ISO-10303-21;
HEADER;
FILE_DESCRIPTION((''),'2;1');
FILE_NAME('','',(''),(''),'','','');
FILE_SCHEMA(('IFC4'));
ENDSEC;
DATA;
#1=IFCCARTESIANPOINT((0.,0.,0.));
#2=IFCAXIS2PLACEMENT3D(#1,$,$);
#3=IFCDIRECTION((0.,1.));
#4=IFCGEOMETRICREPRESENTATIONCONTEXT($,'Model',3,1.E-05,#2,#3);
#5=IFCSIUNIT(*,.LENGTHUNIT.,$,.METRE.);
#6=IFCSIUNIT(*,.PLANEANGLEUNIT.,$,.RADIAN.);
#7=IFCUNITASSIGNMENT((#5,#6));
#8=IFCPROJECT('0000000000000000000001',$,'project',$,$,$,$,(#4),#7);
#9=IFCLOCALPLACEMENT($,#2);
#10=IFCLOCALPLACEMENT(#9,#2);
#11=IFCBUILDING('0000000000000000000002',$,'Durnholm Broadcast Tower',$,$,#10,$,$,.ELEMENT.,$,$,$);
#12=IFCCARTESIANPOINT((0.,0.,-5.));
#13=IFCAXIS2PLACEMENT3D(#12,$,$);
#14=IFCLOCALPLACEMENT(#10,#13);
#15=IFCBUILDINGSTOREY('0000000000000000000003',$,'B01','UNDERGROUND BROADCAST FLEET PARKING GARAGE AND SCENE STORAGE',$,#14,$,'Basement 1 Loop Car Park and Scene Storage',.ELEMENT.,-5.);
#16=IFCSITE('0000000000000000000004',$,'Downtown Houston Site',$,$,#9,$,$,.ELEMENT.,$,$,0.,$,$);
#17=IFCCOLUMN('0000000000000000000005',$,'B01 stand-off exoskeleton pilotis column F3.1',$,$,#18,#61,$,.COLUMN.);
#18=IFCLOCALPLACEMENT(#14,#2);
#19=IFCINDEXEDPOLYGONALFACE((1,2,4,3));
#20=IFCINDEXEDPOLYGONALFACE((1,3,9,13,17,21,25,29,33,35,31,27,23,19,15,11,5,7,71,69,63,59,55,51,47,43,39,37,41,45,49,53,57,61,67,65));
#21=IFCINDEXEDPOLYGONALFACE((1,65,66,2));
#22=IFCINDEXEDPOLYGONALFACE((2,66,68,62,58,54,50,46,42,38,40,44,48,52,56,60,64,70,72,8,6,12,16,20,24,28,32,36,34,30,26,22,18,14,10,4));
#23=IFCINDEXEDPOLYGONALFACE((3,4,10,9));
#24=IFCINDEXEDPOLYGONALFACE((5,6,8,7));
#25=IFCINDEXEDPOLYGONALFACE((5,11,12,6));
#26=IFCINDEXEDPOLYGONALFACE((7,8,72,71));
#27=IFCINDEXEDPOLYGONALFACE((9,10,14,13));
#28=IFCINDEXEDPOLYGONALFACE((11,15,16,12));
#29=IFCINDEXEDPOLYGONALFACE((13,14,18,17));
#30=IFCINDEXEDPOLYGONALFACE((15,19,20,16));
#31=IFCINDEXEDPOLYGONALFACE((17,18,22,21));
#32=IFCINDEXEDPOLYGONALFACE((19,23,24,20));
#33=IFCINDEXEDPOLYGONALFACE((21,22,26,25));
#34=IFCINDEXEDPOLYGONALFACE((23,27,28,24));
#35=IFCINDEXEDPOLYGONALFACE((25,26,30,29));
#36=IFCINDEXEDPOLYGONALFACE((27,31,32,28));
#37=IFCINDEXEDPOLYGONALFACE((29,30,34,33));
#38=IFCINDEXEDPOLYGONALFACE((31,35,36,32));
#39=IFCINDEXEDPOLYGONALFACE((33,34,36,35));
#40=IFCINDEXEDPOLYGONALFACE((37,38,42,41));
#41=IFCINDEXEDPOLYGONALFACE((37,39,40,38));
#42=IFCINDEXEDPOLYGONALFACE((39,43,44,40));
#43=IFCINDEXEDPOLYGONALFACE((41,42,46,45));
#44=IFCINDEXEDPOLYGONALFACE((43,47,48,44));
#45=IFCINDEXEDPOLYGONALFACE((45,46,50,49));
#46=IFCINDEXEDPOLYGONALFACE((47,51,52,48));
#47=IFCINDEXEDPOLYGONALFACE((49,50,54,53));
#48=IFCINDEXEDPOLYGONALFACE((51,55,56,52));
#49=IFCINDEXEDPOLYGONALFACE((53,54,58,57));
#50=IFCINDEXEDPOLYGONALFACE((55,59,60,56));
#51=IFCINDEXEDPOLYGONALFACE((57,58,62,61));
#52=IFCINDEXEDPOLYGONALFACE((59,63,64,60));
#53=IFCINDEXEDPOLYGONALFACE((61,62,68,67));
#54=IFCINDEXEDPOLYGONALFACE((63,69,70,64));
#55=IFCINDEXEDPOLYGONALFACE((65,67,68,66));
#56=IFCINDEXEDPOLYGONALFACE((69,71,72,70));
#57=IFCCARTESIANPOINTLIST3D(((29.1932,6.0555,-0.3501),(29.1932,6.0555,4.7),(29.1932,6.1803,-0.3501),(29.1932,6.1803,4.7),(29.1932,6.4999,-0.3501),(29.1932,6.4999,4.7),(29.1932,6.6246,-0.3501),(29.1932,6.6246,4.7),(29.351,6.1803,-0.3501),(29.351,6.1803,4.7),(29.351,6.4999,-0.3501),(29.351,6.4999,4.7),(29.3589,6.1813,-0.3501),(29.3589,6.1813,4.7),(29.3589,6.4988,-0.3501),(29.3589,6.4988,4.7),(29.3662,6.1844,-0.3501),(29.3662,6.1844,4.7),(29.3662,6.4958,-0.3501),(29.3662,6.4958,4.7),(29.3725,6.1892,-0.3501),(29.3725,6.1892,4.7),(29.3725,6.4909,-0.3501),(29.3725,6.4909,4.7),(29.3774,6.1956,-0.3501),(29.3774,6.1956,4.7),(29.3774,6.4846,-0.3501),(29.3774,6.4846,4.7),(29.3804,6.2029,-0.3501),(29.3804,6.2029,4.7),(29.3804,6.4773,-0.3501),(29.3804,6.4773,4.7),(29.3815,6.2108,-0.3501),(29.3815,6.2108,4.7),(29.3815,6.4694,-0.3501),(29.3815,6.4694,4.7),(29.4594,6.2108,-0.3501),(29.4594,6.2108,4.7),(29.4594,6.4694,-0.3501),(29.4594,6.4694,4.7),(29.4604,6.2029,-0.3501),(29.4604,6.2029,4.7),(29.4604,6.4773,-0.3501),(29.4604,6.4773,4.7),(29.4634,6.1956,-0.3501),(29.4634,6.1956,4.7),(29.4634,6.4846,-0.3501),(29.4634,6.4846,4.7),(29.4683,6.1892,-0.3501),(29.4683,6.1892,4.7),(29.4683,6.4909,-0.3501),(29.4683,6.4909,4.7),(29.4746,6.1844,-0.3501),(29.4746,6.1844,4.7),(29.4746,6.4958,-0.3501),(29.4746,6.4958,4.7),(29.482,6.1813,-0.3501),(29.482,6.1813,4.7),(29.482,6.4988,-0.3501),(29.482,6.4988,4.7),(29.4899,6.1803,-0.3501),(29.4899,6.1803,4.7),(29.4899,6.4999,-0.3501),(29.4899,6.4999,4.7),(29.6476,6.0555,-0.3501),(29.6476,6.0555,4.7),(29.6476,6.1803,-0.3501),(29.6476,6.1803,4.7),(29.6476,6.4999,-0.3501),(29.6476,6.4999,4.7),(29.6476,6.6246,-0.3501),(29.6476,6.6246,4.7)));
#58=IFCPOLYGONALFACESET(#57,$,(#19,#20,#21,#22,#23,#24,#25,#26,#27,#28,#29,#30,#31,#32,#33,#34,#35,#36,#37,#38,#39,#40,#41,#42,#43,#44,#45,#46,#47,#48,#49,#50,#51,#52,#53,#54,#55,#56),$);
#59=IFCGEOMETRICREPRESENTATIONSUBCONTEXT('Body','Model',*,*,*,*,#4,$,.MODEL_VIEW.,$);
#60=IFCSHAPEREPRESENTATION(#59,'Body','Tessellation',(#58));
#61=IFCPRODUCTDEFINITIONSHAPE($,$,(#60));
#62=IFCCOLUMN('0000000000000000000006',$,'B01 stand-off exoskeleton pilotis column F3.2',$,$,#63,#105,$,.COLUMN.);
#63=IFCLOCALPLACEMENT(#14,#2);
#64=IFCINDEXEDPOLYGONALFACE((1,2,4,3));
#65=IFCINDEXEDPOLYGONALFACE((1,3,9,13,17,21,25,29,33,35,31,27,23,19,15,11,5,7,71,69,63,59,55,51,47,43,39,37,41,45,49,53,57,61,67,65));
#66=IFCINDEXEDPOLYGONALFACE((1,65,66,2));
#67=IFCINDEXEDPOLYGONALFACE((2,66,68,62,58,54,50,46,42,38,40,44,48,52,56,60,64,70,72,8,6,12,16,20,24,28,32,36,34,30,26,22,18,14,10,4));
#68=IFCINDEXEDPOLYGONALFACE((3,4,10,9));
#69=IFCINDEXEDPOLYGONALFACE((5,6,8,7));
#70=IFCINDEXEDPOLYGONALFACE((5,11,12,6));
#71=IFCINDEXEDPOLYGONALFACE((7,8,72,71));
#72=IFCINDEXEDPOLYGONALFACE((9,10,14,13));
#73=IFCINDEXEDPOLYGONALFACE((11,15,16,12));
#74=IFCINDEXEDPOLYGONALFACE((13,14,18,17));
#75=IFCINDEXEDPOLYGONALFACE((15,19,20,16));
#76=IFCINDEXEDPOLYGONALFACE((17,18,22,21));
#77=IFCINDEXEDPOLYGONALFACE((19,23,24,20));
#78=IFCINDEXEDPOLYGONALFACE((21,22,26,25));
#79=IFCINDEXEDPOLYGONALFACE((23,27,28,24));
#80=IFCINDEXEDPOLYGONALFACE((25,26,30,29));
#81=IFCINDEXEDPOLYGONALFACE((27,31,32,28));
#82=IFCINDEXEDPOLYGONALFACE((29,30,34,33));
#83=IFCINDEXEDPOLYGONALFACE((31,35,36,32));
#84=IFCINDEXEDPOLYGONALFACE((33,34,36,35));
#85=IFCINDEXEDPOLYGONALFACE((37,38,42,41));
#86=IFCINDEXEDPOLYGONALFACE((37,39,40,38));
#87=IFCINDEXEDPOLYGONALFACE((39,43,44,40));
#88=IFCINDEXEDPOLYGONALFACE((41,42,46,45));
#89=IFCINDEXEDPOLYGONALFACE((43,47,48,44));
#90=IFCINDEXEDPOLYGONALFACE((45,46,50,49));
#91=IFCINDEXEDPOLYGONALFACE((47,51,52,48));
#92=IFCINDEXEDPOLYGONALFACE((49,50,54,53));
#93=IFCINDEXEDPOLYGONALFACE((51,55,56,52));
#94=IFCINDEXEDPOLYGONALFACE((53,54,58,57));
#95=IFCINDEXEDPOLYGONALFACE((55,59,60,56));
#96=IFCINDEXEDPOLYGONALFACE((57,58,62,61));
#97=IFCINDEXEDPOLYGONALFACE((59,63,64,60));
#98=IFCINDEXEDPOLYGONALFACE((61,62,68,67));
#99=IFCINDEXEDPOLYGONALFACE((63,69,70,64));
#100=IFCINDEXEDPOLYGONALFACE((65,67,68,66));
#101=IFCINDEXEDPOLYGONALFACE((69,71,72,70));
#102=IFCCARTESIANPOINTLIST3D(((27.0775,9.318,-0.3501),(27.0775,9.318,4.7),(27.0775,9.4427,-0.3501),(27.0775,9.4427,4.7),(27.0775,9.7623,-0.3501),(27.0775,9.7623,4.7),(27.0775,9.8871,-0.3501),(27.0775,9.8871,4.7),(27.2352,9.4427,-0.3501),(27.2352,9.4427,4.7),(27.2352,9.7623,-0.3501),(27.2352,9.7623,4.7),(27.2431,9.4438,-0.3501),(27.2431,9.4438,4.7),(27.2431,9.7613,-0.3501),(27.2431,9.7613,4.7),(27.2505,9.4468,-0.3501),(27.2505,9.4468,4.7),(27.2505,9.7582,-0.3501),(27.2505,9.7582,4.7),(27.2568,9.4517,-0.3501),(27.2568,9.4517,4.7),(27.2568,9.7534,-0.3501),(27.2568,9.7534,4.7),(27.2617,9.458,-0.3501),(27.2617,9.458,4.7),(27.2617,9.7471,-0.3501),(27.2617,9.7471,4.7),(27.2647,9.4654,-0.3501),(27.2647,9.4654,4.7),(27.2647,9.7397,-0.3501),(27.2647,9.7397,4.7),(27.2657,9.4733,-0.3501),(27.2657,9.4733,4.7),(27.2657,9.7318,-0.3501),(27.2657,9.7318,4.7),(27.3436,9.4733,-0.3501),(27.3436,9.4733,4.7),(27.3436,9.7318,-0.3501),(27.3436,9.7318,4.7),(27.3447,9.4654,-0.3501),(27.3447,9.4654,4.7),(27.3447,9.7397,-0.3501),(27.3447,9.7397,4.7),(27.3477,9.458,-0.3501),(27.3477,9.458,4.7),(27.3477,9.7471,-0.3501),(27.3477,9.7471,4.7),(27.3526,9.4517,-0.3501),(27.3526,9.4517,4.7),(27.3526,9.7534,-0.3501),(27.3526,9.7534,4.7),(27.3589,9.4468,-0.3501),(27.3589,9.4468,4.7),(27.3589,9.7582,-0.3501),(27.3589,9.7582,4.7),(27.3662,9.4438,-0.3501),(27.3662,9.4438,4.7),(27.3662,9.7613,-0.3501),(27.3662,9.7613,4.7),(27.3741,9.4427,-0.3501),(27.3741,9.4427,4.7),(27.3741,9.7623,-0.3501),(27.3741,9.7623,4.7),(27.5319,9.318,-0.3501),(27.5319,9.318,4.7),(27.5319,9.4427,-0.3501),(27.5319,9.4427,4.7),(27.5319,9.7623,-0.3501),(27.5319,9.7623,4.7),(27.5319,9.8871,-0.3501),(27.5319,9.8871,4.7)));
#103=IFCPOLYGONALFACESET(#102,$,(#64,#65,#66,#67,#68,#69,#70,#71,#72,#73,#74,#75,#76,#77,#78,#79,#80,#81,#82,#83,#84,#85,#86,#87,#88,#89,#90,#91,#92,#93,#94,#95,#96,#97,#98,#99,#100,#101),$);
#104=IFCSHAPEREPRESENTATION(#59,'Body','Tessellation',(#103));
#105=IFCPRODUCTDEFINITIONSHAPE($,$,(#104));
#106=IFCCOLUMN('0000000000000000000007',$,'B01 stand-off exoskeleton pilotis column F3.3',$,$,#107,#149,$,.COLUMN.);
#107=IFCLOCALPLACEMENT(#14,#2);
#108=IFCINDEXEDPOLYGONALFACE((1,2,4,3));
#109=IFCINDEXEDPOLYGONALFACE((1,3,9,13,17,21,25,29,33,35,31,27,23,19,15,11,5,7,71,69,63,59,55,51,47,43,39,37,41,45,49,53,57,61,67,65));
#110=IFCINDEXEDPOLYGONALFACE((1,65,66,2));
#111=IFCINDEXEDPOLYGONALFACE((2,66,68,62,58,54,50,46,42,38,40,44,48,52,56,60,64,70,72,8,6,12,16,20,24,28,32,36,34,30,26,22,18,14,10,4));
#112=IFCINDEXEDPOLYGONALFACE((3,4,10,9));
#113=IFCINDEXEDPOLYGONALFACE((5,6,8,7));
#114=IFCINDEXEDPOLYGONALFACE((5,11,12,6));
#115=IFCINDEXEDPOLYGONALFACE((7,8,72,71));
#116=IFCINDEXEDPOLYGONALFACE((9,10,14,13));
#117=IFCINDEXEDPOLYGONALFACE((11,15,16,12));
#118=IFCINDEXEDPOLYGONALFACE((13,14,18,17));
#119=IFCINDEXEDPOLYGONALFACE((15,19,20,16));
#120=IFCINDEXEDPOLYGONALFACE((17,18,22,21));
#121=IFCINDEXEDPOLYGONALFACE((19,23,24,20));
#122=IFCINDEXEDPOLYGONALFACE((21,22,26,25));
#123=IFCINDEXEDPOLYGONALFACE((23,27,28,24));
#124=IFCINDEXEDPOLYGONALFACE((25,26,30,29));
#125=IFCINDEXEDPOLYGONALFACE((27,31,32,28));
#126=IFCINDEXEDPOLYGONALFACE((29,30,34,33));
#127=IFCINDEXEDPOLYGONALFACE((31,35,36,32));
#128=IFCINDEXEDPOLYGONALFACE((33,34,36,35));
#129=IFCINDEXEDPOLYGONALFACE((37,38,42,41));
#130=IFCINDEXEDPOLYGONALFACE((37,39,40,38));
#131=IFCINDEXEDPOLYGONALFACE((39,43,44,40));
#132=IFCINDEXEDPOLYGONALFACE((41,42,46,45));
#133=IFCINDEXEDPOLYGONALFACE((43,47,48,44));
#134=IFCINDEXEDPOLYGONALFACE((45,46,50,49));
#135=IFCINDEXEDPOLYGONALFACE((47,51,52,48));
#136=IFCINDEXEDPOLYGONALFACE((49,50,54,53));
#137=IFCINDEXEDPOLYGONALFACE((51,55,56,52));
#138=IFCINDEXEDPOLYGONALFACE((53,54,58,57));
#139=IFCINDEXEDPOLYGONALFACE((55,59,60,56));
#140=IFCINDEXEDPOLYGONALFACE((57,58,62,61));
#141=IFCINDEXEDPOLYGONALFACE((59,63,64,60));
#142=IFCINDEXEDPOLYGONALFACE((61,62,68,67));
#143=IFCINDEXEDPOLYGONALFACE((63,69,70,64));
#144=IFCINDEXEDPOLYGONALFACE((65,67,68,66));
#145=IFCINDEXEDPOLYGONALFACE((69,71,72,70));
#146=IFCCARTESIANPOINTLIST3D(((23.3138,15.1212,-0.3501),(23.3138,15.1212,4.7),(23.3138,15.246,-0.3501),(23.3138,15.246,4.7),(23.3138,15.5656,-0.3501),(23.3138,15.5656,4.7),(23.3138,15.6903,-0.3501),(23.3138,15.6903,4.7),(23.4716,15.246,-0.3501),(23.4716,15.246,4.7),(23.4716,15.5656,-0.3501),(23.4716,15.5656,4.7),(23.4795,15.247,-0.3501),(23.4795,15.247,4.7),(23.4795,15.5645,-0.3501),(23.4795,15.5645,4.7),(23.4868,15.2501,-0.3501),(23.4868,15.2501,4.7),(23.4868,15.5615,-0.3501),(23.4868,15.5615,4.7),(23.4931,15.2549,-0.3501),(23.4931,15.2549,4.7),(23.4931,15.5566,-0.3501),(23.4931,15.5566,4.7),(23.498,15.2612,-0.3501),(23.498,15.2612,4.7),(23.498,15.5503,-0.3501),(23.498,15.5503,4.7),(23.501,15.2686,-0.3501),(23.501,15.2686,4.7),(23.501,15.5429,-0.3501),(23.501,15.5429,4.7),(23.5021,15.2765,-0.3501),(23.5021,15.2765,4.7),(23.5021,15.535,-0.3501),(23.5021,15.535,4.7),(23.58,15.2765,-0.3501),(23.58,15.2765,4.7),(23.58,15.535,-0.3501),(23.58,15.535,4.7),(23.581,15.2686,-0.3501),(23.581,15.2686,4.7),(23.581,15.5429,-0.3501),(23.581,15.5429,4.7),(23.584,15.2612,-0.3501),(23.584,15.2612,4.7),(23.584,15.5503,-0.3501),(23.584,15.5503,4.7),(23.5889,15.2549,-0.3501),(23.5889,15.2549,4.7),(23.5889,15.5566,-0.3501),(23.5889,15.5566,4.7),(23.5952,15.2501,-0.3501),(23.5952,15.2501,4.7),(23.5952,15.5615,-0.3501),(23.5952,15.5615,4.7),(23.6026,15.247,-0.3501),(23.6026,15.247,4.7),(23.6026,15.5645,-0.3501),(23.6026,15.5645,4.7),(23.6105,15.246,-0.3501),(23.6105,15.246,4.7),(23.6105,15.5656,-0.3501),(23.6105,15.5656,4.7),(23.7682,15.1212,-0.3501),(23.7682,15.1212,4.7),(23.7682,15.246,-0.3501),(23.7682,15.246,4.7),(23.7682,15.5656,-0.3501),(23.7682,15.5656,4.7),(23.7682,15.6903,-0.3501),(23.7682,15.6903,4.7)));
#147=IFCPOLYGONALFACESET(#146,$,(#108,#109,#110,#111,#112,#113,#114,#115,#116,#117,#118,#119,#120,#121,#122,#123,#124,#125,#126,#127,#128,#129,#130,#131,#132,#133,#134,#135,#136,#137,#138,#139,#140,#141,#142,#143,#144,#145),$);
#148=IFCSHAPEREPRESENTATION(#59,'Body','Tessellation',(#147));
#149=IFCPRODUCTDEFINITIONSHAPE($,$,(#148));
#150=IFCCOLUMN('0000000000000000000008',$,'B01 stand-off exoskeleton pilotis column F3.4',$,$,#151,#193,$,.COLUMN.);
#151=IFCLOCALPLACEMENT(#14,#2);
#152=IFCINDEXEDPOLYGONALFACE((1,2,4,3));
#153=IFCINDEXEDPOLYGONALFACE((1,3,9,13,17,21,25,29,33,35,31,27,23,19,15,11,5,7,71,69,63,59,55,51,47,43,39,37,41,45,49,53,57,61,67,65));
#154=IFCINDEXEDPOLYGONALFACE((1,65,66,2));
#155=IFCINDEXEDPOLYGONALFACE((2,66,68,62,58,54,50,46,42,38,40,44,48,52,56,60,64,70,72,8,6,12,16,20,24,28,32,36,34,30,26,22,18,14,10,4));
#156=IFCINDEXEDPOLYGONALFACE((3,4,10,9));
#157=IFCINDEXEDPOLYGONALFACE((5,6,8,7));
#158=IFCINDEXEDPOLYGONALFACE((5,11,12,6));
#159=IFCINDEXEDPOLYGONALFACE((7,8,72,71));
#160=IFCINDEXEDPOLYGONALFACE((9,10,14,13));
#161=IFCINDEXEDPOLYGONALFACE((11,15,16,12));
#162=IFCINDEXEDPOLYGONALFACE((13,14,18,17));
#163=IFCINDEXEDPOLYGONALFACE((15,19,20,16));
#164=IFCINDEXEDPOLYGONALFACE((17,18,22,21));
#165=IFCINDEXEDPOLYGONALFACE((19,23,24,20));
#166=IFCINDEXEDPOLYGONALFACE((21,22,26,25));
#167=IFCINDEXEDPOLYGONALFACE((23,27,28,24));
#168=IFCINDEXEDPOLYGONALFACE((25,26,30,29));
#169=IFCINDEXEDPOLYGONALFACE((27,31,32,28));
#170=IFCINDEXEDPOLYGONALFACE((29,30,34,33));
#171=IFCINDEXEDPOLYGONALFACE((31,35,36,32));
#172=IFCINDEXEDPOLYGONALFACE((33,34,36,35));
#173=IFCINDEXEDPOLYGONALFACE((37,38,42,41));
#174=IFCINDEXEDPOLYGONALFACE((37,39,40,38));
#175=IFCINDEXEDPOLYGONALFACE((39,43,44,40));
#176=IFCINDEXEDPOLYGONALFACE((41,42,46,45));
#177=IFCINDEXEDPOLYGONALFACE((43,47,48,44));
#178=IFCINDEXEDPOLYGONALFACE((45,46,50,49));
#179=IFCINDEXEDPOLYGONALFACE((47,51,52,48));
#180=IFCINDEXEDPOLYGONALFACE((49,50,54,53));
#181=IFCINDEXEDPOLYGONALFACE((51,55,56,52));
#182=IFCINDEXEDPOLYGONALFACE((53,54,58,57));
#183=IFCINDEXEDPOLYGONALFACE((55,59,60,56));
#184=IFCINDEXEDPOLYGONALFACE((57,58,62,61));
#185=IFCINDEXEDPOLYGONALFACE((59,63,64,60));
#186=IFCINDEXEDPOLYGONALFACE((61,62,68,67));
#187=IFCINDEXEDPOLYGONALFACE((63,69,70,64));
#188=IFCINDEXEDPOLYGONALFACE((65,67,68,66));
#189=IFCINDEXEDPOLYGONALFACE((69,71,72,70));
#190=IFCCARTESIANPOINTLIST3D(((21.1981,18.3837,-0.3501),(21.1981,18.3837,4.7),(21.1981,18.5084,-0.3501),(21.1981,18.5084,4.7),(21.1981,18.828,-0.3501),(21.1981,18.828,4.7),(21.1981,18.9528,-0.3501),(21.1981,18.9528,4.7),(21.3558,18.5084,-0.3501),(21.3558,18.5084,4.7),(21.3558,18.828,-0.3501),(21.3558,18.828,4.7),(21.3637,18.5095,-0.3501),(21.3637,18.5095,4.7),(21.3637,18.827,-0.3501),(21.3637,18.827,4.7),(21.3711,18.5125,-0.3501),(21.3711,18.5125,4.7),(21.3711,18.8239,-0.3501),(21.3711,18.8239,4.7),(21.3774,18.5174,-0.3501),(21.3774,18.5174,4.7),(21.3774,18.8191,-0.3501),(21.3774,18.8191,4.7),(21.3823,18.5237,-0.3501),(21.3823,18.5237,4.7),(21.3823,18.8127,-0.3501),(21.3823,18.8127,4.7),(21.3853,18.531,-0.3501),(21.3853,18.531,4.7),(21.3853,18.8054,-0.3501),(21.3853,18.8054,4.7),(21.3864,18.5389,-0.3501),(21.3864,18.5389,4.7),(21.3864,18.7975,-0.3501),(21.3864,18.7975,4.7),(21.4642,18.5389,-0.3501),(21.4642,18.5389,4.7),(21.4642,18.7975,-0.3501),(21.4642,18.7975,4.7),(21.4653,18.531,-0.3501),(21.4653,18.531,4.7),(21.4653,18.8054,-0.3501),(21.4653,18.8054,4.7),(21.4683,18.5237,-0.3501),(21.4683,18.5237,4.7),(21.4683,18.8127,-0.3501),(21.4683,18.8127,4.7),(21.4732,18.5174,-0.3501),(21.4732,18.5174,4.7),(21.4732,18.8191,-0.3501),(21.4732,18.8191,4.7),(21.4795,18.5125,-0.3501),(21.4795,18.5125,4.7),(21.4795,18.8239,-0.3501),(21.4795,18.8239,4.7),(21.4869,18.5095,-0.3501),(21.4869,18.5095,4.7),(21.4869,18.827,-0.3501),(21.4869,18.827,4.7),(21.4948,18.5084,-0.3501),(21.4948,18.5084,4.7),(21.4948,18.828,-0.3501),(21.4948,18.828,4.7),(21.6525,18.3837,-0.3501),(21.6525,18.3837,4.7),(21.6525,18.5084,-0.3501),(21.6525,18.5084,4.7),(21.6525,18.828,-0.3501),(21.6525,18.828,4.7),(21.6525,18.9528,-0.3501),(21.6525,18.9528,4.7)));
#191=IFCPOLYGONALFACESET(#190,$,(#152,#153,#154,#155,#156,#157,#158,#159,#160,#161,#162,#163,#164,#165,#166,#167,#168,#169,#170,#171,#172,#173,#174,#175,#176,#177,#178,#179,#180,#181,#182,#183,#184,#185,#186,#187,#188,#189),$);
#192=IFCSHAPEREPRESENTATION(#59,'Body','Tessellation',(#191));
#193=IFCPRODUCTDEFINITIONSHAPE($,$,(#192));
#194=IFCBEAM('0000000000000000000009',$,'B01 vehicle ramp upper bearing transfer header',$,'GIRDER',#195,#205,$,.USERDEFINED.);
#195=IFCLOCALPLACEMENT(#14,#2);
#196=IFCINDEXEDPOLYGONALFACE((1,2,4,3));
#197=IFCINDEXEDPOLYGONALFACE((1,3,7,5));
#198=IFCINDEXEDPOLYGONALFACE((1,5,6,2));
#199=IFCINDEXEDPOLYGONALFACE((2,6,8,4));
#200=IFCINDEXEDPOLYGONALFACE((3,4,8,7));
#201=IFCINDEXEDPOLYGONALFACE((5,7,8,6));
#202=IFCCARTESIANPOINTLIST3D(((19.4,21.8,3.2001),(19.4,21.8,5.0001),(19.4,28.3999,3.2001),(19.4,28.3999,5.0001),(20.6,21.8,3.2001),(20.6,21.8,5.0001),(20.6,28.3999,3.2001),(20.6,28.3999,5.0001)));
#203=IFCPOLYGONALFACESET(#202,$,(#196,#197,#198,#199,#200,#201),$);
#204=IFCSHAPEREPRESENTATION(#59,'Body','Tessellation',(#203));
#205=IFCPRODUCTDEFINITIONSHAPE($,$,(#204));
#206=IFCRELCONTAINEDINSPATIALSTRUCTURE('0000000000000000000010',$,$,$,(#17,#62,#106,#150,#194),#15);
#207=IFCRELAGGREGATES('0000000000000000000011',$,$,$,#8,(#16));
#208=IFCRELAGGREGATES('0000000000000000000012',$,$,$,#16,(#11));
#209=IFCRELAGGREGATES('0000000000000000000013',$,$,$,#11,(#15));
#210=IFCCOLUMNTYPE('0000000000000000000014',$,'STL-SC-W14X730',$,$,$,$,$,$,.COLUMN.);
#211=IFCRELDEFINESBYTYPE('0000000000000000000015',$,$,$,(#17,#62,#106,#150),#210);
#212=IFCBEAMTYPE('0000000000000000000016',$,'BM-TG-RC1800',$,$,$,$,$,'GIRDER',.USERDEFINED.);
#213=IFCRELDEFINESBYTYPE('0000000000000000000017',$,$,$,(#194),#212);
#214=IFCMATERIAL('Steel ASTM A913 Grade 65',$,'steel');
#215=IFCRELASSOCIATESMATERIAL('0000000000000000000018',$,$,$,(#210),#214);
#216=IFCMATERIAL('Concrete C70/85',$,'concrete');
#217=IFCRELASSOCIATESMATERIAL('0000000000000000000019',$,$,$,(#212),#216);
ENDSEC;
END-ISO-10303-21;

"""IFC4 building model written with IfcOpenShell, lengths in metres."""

from ifc_helpers import new_model, si_unit, direction, frame, origin, origin_2d, place, context, subcontext, project, spatial, rectangle, i_section, extrude, source, transform, mapped, material, material_profile, profile_set, type_object, type_shapes, element, save


model = new_model("IFC4")

# Units and contexts
model_context = context("Model", 3, precision=1e-05, world=origin(), true_north=direction((0.0, 1.0)))
body_context = subcontext(model_context, "Body", "Model", "MODEL_VIEW")
ifc_project = project(units=[si_unit("LENGTHUNIT", "METRE"), si_unit("PLANEANGLEUNIT", "RADIAN")], contexts=[model_context])

# Site, building, storey
site_placement = place(None, origin())
site = spatial("IfcSite", under=ifc_project, at=site_placement, Name="Downtown Houston Site", CompositionType="ELEMENT", RefElevation=0.0)
building_placement = place(site_placement, origin())
building = spatial("IfcBuilding", under=site, at=building_placement, Name="Durnholm Broadcast Tower", CompositionType="ELEMENT")
storey_placement = place(building_placement, frame((0.0, 0.0, -5.0)))
storey = spatial("IfcBuildingStorey", under=building, at=storey_placement, Name="B01", Description="UNDERGROUND BROADCAST FLEET PARKING GARAGE AND SCENE STORAGE", LongName="Basement 1 Loop Car Park and Scene Storage", CompositionType="ELEMENT", Elevation=-5.0)

# Columns
ifc_material_1 = material(Name="Concrete C70/85", Category="concrete")
ifc_material_2 = material(Name="Steel ASTM A913 Grade 65", Category="steel")
ifc_material_profile_1 = material_profile(ifc_material_2, i_section(OverallWidth=0.4543, OverallDepth=0.5691, WebThickness=0.0779, FlangeThickness=0.1248, FilletRadius=0.0305, at=origin_2d()), Name="W14X730")
ifc_profile_set_1 = profile_set([ifc_material_profile_1], Name="Steel ASTM A913 Grade 65")
column_type_1 = type_object("IfcColumnType", Name="STL-SC-W14X730", PredefinedType="COLUMN", material=ifc_profile_set_1)
shared_shape_1 = source(origin(), body_context, "Body", "SweptSolid", [
    extrude(i_section(OverallWidth=0.4543, OverallDepth=0.5691, WebThickness=0.0779, FlangeThickness=0.1248, FilletRadius=0.0305, at=origin_2d()), origin(), (0.0, 0.0, 1.0), 5.05),
])
type_shapes(column_type_1, [shared_shape_1])
for number, where, z_axis, x_axis, name in (
    (1, (29.4204, 6.3401, -0.3501), (0.0, 0.0, 1.0), (1.0, 0.0, 0.0), "B01 stand-off exoskeleton pilotis column F3.1"),
    (2, (27.3047, 9.6025, -0.3501), (0.0, 0.0, 1.0), (1.0, 0.0, 0.0), "B01 stand-off exoskeleton pilotis column F3.2"),
    (3, (23.541, 15.4058, -0.3501), (0.0, 0.0, 1.0), (1.0, 0.0, 0.0), "B01 stand-off exoskeleton pilotis column F3.3"),
    (4, (21.4253, 18.6682, -0.3501), (0.0, 0.0, 1.0), (1.0, 0.0, 0.0), "B01 stand-off exoskeleton pilotis column F3.4"),
):
    element("IfcColumn", number, at=place(storey_placement, frame(where, z_axis=z_axis, x_axis=x_axis)), inside=storey, type_object=column_type_1, Name=name, PredefinedType="COLUMN", context=body_context, shape_type="MappedRepresentation", body=[
        mapped(shared_shape_1, transform((0.0, 0.0, 0.0), x_axis=(1.0, 0.0, 0.0), y_axis=(0.0, 1.0, 0.0), z_axis=(0.0, 0.0, 1.0), scale=1.0)),
    ])

# Beam
ifc_material_profile_2 = material_profile(ifc_material_1, rectangle(XDim=1.2, YDim=1.8, at=origin_2d()), Name="RC1200X1800")
ifc_profile_set_2 = profile_set([ifc_material_profile_2], Name="Concrete C70/85")
beam_type_1 = type_object("IfcBeamType", Name="BM-TG-RC1800", ElementType="GIRDER", PredefinedType="USERDEFINED", material=ifc_profile_set_2)
shared_shape_2 = source(origin(), body_context, "Body", "SweptSolid", [
    extrude(rectangle(XDim=1.2, YDim=1.8, at=origin_2d()), origin(), (0.0, 0.0, 1.0), 6.5999),
])
type_shapes(beam_type_1, [shared_shape_2])
beam_1_placement = place(storey_placement, frame((20.0, 21.8, 4.1001), z_axis=(0.0, 1.0, 0.0), x_axis=(-1.0, 0.0, 0.0)))
element("IfcBeam", 5, at=beam_1_placement, inside=storey, type_object=beam_type_1, Name="B01 vehicle ramp upper bearing transfer header", ObjectType="GIRDER", PredefinedType="USERDEFINED", context=body_context, shape_type="MappedRepresentation", body=[
    mapped(shared_shape_2, transform((0.0, 0.0, 0.0), x_axis=(1.0, 0.0, 0.0), y_axis=(0.0, 1.0, 0.0), z_axis=(0.0, 0.0, 1.0), scale=1.0)),
])

save(model, "model.ifc")
